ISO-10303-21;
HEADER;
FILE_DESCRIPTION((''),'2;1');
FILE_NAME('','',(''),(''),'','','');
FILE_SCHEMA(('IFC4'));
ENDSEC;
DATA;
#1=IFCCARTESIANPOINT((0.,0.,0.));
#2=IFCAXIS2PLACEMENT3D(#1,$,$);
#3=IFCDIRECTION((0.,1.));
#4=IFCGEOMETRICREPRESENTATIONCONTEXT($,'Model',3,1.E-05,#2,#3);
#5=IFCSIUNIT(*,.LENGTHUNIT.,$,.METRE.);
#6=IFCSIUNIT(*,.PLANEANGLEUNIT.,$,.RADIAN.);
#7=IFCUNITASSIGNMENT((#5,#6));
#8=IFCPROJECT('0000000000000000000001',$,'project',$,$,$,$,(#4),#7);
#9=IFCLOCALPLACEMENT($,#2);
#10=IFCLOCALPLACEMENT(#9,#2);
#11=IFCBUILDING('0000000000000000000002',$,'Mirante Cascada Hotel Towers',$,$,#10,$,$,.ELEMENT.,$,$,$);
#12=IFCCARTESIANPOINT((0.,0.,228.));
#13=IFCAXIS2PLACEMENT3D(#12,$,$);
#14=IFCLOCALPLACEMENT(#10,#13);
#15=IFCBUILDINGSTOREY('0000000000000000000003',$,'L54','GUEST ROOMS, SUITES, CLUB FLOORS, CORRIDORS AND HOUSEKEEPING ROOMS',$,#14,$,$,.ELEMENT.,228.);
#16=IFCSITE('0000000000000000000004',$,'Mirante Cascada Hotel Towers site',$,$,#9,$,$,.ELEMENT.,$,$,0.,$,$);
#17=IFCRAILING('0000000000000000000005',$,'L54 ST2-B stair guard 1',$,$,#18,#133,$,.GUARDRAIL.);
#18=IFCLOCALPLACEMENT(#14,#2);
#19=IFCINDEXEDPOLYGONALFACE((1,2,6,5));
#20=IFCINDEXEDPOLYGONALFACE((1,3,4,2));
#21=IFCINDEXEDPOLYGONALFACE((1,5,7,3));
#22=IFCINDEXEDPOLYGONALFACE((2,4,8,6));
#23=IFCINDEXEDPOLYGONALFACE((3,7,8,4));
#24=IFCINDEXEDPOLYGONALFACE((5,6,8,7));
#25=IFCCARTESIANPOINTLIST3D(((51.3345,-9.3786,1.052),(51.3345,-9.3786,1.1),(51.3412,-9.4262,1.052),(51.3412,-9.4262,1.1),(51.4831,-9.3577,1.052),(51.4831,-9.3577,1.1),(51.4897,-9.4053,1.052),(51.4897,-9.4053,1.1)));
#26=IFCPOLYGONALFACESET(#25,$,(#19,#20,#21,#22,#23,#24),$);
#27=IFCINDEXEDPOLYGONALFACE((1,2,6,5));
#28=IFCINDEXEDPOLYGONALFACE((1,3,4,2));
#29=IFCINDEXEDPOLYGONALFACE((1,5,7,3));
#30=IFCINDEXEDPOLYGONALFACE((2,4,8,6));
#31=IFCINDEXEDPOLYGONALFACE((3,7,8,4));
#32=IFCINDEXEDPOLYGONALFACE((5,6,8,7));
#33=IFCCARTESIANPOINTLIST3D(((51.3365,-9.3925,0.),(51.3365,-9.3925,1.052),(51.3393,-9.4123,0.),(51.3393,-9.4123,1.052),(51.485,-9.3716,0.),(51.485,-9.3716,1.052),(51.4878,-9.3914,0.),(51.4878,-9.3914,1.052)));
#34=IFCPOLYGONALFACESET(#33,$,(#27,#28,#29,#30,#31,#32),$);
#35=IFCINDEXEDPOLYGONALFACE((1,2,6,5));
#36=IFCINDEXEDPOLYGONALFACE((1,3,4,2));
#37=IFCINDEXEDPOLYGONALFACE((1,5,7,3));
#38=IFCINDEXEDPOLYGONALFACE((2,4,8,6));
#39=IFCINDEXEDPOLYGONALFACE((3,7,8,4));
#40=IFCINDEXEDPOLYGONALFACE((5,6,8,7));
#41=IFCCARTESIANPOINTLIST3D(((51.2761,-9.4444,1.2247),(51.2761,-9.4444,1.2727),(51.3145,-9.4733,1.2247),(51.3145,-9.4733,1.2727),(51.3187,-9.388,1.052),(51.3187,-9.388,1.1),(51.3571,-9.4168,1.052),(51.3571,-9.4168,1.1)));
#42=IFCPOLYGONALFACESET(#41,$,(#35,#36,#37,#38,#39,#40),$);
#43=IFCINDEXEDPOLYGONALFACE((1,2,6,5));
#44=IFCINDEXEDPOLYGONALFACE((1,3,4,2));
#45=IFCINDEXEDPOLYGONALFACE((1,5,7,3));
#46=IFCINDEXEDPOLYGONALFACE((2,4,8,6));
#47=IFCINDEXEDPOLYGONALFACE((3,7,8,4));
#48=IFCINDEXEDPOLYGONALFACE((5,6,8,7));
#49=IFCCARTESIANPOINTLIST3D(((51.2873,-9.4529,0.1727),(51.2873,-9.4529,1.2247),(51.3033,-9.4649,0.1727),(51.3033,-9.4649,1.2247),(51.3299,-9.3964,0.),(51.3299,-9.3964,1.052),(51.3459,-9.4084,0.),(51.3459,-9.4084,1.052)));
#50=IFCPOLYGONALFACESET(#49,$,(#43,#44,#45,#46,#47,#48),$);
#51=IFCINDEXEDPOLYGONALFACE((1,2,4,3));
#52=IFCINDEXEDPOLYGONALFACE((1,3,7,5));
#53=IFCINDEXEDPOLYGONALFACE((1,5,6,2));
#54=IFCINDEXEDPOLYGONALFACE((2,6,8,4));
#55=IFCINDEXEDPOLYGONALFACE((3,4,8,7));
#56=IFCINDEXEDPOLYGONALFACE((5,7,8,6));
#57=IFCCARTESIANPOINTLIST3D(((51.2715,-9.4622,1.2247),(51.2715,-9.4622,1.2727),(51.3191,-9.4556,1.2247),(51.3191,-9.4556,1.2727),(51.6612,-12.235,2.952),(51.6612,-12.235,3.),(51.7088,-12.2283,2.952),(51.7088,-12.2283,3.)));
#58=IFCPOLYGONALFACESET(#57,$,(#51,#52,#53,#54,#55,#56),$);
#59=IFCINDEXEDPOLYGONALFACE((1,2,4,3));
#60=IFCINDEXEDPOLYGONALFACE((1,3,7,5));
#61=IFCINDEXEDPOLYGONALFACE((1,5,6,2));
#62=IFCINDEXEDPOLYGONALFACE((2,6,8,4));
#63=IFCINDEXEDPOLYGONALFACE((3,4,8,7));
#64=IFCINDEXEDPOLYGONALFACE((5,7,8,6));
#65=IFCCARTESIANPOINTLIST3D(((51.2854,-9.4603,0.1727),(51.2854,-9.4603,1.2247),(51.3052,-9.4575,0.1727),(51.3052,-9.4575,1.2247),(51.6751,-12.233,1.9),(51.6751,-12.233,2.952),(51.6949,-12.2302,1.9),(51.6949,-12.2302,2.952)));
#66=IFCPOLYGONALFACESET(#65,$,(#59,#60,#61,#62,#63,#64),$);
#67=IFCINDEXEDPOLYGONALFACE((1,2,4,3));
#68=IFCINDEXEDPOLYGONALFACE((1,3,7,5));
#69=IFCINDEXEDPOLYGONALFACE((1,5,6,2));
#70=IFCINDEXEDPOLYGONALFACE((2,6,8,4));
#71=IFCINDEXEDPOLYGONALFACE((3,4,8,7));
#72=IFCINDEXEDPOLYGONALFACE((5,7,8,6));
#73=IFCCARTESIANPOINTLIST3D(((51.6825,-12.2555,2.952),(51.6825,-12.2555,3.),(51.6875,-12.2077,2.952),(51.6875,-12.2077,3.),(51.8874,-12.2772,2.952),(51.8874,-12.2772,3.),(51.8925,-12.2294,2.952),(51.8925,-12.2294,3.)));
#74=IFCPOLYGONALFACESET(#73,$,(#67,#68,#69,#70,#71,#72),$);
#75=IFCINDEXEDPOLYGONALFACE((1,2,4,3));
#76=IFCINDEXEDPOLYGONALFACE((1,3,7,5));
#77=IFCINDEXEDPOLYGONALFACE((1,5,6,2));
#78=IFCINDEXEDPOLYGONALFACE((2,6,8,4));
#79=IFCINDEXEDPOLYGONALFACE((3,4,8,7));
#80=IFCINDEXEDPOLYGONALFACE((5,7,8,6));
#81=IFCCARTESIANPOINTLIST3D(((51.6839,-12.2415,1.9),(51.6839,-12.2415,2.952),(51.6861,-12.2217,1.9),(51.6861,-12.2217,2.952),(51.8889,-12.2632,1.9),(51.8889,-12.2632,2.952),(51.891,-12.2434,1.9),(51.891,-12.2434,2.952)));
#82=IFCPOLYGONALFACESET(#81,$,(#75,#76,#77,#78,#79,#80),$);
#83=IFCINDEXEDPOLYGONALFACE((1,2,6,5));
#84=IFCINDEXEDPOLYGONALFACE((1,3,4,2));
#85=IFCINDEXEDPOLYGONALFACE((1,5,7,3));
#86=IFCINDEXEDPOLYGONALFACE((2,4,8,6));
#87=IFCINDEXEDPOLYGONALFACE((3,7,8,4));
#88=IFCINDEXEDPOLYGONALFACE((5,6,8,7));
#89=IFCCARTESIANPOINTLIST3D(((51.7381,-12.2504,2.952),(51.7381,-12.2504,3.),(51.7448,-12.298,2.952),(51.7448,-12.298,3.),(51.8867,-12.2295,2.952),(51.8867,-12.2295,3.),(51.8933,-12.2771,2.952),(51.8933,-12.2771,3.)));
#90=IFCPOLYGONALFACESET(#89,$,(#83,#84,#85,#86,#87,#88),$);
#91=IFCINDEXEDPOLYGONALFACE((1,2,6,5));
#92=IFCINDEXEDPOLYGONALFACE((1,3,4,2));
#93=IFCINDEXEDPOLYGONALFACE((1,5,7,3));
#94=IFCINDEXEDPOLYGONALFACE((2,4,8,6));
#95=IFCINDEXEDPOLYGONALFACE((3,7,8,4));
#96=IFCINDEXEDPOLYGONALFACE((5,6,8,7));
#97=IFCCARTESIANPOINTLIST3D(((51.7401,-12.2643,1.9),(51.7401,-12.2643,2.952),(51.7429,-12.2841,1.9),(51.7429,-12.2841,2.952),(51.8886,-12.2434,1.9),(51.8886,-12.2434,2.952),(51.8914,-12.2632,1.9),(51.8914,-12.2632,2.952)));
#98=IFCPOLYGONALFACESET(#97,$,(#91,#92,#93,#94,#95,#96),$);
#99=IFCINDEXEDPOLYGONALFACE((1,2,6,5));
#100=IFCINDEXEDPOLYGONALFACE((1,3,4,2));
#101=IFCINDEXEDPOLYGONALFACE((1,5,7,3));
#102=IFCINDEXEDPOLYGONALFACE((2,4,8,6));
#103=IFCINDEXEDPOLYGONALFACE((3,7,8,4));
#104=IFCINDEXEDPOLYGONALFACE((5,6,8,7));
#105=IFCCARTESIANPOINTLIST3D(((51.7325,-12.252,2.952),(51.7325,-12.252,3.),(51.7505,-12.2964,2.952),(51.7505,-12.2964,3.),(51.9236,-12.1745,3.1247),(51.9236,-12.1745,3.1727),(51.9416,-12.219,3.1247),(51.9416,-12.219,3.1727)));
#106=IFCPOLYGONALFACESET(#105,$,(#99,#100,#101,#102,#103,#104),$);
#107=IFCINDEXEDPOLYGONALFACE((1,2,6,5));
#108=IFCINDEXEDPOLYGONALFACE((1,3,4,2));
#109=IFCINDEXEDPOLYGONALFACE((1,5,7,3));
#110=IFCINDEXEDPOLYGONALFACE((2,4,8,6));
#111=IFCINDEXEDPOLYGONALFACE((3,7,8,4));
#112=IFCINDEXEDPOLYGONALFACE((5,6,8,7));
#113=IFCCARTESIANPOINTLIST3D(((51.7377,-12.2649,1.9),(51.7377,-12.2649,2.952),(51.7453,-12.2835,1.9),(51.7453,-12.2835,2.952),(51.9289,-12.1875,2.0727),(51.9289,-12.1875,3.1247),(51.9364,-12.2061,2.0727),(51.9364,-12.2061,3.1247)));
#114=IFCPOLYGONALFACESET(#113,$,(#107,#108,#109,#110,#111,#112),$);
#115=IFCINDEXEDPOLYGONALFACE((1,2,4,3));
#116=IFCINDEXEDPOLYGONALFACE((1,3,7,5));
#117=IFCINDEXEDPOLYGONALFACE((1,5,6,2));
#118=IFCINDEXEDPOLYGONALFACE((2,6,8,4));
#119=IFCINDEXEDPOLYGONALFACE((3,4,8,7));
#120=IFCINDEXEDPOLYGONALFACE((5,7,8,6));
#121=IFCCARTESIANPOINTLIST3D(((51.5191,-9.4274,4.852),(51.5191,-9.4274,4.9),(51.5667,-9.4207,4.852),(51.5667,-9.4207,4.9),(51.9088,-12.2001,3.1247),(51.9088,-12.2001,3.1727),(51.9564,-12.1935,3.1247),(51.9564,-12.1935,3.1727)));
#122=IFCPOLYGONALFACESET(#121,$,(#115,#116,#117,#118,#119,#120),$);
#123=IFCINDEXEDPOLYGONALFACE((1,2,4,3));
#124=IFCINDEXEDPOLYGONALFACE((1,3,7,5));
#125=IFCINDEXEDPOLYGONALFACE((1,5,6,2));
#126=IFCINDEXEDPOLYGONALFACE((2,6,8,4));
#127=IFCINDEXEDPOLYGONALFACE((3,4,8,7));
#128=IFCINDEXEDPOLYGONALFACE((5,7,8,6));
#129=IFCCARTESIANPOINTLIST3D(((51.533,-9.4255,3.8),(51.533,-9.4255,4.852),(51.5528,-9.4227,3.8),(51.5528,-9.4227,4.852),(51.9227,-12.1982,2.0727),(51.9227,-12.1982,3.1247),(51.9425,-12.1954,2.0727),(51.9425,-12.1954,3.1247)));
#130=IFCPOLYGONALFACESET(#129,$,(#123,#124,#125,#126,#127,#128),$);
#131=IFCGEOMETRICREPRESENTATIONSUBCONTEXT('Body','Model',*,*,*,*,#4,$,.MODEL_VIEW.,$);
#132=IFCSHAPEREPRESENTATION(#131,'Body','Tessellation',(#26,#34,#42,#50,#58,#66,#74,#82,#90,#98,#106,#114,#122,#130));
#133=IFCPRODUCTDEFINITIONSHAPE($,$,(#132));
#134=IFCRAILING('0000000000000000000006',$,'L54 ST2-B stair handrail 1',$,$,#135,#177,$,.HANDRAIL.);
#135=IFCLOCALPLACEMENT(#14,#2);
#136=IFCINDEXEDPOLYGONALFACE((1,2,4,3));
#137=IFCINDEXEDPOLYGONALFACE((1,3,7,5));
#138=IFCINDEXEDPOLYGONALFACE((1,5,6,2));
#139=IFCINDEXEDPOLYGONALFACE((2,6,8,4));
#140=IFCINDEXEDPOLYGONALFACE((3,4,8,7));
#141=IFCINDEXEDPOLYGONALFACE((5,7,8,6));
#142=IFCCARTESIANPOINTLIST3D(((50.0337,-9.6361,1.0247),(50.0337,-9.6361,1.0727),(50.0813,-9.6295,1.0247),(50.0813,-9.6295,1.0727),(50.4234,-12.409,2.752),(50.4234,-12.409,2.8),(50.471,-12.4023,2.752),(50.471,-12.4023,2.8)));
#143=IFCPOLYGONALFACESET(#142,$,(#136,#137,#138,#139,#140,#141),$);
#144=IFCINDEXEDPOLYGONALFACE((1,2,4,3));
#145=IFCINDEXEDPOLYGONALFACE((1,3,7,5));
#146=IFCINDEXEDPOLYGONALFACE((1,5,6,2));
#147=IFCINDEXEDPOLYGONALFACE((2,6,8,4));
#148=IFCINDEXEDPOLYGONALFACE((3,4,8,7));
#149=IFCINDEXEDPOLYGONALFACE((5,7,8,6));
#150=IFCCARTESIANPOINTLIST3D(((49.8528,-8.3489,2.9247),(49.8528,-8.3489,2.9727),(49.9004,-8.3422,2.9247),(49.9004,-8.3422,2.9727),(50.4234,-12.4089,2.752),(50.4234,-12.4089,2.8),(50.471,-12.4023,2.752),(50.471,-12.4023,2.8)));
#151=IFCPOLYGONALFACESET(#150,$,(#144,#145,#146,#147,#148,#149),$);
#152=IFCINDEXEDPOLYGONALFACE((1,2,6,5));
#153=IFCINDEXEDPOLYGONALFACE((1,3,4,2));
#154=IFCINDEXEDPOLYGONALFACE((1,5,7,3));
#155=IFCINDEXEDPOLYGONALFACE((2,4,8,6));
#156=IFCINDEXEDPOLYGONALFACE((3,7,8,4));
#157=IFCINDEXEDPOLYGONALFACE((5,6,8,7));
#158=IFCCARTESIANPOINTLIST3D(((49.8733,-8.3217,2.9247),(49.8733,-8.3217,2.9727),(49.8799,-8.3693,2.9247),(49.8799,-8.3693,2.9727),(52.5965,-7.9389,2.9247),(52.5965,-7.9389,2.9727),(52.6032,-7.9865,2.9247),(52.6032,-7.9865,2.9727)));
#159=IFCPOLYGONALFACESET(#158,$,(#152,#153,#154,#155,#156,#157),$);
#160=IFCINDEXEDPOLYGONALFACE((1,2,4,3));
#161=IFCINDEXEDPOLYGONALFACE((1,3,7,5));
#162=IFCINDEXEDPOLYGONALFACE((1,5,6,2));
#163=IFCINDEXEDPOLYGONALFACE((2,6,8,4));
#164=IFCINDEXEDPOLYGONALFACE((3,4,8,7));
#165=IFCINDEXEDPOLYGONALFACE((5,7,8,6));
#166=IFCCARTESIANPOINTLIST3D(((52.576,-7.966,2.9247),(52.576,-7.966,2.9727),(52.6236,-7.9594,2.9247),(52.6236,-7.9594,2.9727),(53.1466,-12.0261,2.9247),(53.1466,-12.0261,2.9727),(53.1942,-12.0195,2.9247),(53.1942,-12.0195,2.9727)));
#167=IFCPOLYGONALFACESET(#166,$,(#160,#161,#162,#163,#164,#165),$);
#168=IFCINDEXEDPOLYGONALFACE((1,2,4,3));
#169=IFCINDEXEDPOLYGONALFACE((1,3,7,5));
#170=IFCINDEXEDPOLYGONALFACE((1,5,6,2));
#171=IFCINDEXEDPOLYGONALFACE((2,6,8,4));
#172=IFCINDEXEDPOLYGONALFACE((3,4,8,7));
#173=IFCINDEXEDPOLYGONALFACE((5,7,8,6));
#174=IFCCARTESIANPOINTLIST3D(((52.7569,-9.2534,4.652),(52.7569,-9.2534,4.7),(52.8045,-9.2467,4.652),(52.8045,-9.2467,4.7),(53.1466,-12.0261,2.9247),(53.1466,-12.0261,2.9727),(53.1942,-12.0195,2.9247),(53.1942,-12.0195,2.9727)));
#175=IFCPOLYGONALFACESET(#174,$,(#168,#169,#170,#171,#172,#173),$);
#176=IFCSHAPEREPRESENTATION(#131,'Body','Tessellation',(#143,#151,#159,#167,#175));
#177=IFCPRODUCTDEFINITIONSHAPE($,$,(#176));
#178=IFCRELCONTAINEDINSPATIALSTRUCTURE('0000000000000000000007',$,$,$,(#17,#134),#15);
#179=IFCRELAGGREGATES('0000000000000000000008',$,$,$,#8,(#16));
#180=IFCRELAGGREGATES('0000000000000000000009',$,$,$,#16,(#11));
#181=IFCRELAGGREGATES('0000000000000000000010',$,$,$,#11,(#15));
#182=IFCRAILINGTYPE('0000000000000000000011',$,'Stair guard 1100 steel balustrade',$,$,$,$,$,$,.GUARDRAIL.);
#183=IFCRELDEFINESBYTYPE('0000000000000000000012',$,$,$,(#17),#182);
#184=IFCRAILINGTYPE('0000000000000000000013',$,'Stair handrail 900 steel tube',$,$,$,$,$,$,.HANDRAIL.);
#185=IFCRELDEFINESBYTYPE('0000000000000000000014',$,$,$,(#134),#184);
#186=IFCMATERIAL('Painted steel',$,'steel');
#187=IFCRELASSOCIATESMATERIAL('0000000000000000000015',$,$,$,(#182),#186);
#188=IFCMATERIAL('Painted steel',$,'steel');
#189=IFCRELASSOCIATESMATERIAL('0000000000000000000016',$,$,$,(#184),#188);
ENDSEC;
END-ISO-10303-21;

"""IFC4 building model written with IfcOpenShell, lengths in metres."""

from ifc_helpers import new_model, si_unit, direction, frame, origin, origin_2d, place, context, subcontext, project, spatial, rectangle, extrude, material, type_object, element, save


model = new_model("IFC4")

# Units and contexts
model_context = context("Model", 3, precision=1e-05, world=origin(), true_north=direction((0.0, 1.0)))
body_context = subcontext(model_context, "Body", "Model", "MODEL_VIEW")
ifc_project = project(units=[si_unit("LENGTHUNIT", "METRE"), si_unit("PLANEANGLEUNIT", "RADIAN")], contexts=[model_context])

# Site, building, storey
site_placement = place(None, origin())
site = spatial("IfcSite", under=ifc_project, at=site_placement, Name="Mirante Cascada Hotel Towers site", CompositionType="ELEMENT", RefElevation=0.0)
building_placement = place(site_placement, origin())
building = spatial("IfcBuilding", under=site, at=building_placement, Name="Mirante Cascada Hotel Towers", CompositionType="ELEMENT")
storey_placement = place(building_placement, frame((0.0, 0.0, 228.0)))
storey = spatial("IfcBuildingStorey", under=building, at=storey_placement, Name="L54", Description="GUEST ROOMS, SUITES, CLUB FLOORS, CORRIDORS AND HOUSEKEEPING ROOMS", CompositionType="ELEMENT", Elevation=228.0)

# Railings
ifc_material_1 = material(Name="Painted steel", Category="steel")
railing_type_1 = type_object("IfcRailingType", Name="Stair guard 1100 steel balustrade", PredefinedType="GUARDRAIL", material=ifc_material_1)
railing_1_placement = place(storey_placement, frame((51.4864, -9.3815, 0.0)))
element("IfcRailing", 1, at=railing_1_placement, inside=storey, type_object=railing_type_1, Name="L54 ST2-B stair guard 1", PredefinedType="GUARDRAIL", context=body_context, shape_type="SweptSolid", body=[
    extrude(rectangle(XDim=0.048, YDim=0.048, at=origin_2d()), frame((0.0, 0.0, 1.076), z_axis=(-0.990241, -0.139367, 0.0), x_axis=(0.139367, -0.990241, 0.0)), (0.0, 0.0, 1.0), 0.15),
    extrude(rectangle(XDim=0.02, YDim=1.052, at=origin_2d()), frame((0.0, 0.0, 0.526), z_axis=(-0.990241, -0.139367, 0.0), x_axis=(0.139367, -0.990241, 0.0)), (0.0, 0.0, 1.0), 0.15),
    extrude(rectangle(XDim=0.048, YDim=0.048, at=origin_2d()), frame((-0.1485, -0.0209, 1.076), z_axis=(-0.602033, -0.798471, 0.0), x_axis=(0.798471, -0.602033, 0.0)), (0.0, 0.92534, 0.379139), 0.1866),
    extrude(rectangle(XDim=0.02, YDim=1.052, at=origin_2d()), frame((-0.1485, -0.0209, 0.526), z_axis=(-0.602033, -0.798471, 0.0), x_axis=(0.798471, -0.602033, 0.0)), (0.0, 0.92534, 0.379139), 0.1866),
    extrude(rectangle(XDim=0.048, YDim=0.048, at=origin_2d()), frame((-0.1911, -0.0774, 1.2487), z_axis=(0.139181, -0.990267, 0.0), x_axis=(0.990267, 0.139181, 0.0)), (0.0, 0.525035, 0.851081), 3.2899),
    extrude(rectangle(XDim=0.02, YDim=1.052, at=origin_2d()), frame((-0.1911, -0.0774, 0.6987), z_axis=(0.139181, -0.990267, 0.0), x_axis=(0.990267, 0.139181, 0.0)), (0.0, 0.525035, 0.851081), 3.2899),
    extrude(rectangle(XDim=0.048, YDim=0.048, at=origin_2d()), frame((0.1986, -2.8501, 2.976), z_axis=(0.994444, -0.105266, 0.0), x_axis=(0.105266, 0.994444, 0.0)), (0.0, 0.0, 1.0), 0.2061),
    extrude(rectangle(XDim=0.02, YDim=1.052, at=origin_2d()), frame((0.1986, -2.8501, 2.426), z_axis=(0.994444, -0.105266, 0.0), x_axis=(0.105266, 0.994444, 0.0)), (0.0, 0.0, 1.0), 0.2061),
    extrude(rectangle(XDim=0.048, YDim=0.048, at=origin_2d()), frame((0.4036, -2.8718, 2.976), z_axis=(-0.990241, -0.139367, 0.0), x_axis=(0.139367, -0.990241, 0.0)), (0.0, 0.0, 1.0), 0.15),
    extrude(rectangle(XDim=0.02, YDim=1.052, at=origin_2d()), frame((0.4036, -2.8718, 2.426), z_axis=(-0.990241, -0.139367, 0.0), x_axis=(0.139367, -0.990241, 0.0)), (0.0, 0.0, 1.0), 0.15),
    extrude(rectangle(XDim=0.048, YDim=0.048, at=origin_2d()), frame((0.2551, -2.8927, 2.976), z_axis=(0.926862, 0.375401, 0.0), x_axis=(-0.375401, 0.926862, 0.0)), (0.0, 0.642122, 0.766603), 0.269),
    extrude(rectangle(XDim=0.02, YDim=1.052, at=origin_2d()), frame((0.2551, -2.8927, 2.426), z_axis=(0.926862, 0.375401, 0.0), x_axis=(-0.375401, 0.926862, 0.0)), (0.0, 0.642122, 0.766603), 0.269),
    extrude(rectangle(XDim=0.048, YDim=0.048, at=origin_2d()), frame((0.4462, -2.8153, 3.1487), z_axis=(-0.139181, 0.990267, 0.0), x_axis=(-0.990267, -0.139181, 0.0)), (0.0, 0.525035, 0.851081), 3.2899),
    extrude(rectangle(XDim=0.02, YDim=1.052, at=origin_2d()), frame((0.4462, -2.8153, 2.5987), z_axis=(-0.139181, 0.990267, 0.0), x_axis=(-0.990267, -0.139181, 0.0)), (0.0, 0.525035, 0.851081), 3.2899),
])
ifc_material_2 = material(Name="Painted steel", Category="steel")
railing_type_2 = type_object("IfcRailingType", Name="Stair handrail 900 steel tube", PredefinedType="HANDRAIL", material=ifc_material_2)
railing_2_placement = place(storey_placement, frame((50.0575, -9.6328, 0.1727)))
element("IfcRailing", 2, at=railing_2_placement, inside=storey, type_object=railing_type_2, Name="L54 ST2-B stair handrail 1", PredefinedType="HANDRAIL", context=body_context, shape_type="SweptSolid", body=[
    extrude(rectangle(XDim=0.048, YDim=0.048, at=origin_2d()), frame((0.0, 0.0, 0.876), z_axis=(0.139176, -0.990268, 0.0), x_axis=(0.990268, 0.139176, 0.0)), (0.0, 0.525021, 0.851089), 3.29),
    extrude(rectangle(XDim=0.048, YDim=0.048, at=origin_2d()), frame((0.3897, -2.7728, 2.6033), z_axis=(-0.139171, 0.990268, 0.0), x_axis=(-0.990268, -0.139171, 0.0)), (0.0, 0.042085, 0.999114), 4.1036),
    extrude(rectangle(XDim=0.048, YDim=0.048, at=origin_2d()), frame((-0.1809, 1.2873, 2.776), z_axis=(0.990264, 0.139201, 0.0), x_axis=(-0.139201, 0.990264, 0.0)), (0.0, 0.0, 1.0), 2.75),
    extrude(rectangle(XDim=0.048, YDim=0.048, at=origin_2d()), frame((2.5423, 1.6701, 2.776), z_axis=(0.139171, -0.990268, 0.0), x_axis=(0.990268, 0.139171, 0.0)), (0.0, 0.0, 1.0), 4.1),
    extrude(rectangle(XDim=0.048, YDim=0.048, at=origin_2d()), frame((3.1129, -2.39, 2.776), z_axis=(-0.139181, 0.990267, 0.0), x_axis=(-0.990267, -0.139181, 0.0)), (0.0, 0.525035, 0.851081), 3.2899),
])

save(model, "model.ifc")
